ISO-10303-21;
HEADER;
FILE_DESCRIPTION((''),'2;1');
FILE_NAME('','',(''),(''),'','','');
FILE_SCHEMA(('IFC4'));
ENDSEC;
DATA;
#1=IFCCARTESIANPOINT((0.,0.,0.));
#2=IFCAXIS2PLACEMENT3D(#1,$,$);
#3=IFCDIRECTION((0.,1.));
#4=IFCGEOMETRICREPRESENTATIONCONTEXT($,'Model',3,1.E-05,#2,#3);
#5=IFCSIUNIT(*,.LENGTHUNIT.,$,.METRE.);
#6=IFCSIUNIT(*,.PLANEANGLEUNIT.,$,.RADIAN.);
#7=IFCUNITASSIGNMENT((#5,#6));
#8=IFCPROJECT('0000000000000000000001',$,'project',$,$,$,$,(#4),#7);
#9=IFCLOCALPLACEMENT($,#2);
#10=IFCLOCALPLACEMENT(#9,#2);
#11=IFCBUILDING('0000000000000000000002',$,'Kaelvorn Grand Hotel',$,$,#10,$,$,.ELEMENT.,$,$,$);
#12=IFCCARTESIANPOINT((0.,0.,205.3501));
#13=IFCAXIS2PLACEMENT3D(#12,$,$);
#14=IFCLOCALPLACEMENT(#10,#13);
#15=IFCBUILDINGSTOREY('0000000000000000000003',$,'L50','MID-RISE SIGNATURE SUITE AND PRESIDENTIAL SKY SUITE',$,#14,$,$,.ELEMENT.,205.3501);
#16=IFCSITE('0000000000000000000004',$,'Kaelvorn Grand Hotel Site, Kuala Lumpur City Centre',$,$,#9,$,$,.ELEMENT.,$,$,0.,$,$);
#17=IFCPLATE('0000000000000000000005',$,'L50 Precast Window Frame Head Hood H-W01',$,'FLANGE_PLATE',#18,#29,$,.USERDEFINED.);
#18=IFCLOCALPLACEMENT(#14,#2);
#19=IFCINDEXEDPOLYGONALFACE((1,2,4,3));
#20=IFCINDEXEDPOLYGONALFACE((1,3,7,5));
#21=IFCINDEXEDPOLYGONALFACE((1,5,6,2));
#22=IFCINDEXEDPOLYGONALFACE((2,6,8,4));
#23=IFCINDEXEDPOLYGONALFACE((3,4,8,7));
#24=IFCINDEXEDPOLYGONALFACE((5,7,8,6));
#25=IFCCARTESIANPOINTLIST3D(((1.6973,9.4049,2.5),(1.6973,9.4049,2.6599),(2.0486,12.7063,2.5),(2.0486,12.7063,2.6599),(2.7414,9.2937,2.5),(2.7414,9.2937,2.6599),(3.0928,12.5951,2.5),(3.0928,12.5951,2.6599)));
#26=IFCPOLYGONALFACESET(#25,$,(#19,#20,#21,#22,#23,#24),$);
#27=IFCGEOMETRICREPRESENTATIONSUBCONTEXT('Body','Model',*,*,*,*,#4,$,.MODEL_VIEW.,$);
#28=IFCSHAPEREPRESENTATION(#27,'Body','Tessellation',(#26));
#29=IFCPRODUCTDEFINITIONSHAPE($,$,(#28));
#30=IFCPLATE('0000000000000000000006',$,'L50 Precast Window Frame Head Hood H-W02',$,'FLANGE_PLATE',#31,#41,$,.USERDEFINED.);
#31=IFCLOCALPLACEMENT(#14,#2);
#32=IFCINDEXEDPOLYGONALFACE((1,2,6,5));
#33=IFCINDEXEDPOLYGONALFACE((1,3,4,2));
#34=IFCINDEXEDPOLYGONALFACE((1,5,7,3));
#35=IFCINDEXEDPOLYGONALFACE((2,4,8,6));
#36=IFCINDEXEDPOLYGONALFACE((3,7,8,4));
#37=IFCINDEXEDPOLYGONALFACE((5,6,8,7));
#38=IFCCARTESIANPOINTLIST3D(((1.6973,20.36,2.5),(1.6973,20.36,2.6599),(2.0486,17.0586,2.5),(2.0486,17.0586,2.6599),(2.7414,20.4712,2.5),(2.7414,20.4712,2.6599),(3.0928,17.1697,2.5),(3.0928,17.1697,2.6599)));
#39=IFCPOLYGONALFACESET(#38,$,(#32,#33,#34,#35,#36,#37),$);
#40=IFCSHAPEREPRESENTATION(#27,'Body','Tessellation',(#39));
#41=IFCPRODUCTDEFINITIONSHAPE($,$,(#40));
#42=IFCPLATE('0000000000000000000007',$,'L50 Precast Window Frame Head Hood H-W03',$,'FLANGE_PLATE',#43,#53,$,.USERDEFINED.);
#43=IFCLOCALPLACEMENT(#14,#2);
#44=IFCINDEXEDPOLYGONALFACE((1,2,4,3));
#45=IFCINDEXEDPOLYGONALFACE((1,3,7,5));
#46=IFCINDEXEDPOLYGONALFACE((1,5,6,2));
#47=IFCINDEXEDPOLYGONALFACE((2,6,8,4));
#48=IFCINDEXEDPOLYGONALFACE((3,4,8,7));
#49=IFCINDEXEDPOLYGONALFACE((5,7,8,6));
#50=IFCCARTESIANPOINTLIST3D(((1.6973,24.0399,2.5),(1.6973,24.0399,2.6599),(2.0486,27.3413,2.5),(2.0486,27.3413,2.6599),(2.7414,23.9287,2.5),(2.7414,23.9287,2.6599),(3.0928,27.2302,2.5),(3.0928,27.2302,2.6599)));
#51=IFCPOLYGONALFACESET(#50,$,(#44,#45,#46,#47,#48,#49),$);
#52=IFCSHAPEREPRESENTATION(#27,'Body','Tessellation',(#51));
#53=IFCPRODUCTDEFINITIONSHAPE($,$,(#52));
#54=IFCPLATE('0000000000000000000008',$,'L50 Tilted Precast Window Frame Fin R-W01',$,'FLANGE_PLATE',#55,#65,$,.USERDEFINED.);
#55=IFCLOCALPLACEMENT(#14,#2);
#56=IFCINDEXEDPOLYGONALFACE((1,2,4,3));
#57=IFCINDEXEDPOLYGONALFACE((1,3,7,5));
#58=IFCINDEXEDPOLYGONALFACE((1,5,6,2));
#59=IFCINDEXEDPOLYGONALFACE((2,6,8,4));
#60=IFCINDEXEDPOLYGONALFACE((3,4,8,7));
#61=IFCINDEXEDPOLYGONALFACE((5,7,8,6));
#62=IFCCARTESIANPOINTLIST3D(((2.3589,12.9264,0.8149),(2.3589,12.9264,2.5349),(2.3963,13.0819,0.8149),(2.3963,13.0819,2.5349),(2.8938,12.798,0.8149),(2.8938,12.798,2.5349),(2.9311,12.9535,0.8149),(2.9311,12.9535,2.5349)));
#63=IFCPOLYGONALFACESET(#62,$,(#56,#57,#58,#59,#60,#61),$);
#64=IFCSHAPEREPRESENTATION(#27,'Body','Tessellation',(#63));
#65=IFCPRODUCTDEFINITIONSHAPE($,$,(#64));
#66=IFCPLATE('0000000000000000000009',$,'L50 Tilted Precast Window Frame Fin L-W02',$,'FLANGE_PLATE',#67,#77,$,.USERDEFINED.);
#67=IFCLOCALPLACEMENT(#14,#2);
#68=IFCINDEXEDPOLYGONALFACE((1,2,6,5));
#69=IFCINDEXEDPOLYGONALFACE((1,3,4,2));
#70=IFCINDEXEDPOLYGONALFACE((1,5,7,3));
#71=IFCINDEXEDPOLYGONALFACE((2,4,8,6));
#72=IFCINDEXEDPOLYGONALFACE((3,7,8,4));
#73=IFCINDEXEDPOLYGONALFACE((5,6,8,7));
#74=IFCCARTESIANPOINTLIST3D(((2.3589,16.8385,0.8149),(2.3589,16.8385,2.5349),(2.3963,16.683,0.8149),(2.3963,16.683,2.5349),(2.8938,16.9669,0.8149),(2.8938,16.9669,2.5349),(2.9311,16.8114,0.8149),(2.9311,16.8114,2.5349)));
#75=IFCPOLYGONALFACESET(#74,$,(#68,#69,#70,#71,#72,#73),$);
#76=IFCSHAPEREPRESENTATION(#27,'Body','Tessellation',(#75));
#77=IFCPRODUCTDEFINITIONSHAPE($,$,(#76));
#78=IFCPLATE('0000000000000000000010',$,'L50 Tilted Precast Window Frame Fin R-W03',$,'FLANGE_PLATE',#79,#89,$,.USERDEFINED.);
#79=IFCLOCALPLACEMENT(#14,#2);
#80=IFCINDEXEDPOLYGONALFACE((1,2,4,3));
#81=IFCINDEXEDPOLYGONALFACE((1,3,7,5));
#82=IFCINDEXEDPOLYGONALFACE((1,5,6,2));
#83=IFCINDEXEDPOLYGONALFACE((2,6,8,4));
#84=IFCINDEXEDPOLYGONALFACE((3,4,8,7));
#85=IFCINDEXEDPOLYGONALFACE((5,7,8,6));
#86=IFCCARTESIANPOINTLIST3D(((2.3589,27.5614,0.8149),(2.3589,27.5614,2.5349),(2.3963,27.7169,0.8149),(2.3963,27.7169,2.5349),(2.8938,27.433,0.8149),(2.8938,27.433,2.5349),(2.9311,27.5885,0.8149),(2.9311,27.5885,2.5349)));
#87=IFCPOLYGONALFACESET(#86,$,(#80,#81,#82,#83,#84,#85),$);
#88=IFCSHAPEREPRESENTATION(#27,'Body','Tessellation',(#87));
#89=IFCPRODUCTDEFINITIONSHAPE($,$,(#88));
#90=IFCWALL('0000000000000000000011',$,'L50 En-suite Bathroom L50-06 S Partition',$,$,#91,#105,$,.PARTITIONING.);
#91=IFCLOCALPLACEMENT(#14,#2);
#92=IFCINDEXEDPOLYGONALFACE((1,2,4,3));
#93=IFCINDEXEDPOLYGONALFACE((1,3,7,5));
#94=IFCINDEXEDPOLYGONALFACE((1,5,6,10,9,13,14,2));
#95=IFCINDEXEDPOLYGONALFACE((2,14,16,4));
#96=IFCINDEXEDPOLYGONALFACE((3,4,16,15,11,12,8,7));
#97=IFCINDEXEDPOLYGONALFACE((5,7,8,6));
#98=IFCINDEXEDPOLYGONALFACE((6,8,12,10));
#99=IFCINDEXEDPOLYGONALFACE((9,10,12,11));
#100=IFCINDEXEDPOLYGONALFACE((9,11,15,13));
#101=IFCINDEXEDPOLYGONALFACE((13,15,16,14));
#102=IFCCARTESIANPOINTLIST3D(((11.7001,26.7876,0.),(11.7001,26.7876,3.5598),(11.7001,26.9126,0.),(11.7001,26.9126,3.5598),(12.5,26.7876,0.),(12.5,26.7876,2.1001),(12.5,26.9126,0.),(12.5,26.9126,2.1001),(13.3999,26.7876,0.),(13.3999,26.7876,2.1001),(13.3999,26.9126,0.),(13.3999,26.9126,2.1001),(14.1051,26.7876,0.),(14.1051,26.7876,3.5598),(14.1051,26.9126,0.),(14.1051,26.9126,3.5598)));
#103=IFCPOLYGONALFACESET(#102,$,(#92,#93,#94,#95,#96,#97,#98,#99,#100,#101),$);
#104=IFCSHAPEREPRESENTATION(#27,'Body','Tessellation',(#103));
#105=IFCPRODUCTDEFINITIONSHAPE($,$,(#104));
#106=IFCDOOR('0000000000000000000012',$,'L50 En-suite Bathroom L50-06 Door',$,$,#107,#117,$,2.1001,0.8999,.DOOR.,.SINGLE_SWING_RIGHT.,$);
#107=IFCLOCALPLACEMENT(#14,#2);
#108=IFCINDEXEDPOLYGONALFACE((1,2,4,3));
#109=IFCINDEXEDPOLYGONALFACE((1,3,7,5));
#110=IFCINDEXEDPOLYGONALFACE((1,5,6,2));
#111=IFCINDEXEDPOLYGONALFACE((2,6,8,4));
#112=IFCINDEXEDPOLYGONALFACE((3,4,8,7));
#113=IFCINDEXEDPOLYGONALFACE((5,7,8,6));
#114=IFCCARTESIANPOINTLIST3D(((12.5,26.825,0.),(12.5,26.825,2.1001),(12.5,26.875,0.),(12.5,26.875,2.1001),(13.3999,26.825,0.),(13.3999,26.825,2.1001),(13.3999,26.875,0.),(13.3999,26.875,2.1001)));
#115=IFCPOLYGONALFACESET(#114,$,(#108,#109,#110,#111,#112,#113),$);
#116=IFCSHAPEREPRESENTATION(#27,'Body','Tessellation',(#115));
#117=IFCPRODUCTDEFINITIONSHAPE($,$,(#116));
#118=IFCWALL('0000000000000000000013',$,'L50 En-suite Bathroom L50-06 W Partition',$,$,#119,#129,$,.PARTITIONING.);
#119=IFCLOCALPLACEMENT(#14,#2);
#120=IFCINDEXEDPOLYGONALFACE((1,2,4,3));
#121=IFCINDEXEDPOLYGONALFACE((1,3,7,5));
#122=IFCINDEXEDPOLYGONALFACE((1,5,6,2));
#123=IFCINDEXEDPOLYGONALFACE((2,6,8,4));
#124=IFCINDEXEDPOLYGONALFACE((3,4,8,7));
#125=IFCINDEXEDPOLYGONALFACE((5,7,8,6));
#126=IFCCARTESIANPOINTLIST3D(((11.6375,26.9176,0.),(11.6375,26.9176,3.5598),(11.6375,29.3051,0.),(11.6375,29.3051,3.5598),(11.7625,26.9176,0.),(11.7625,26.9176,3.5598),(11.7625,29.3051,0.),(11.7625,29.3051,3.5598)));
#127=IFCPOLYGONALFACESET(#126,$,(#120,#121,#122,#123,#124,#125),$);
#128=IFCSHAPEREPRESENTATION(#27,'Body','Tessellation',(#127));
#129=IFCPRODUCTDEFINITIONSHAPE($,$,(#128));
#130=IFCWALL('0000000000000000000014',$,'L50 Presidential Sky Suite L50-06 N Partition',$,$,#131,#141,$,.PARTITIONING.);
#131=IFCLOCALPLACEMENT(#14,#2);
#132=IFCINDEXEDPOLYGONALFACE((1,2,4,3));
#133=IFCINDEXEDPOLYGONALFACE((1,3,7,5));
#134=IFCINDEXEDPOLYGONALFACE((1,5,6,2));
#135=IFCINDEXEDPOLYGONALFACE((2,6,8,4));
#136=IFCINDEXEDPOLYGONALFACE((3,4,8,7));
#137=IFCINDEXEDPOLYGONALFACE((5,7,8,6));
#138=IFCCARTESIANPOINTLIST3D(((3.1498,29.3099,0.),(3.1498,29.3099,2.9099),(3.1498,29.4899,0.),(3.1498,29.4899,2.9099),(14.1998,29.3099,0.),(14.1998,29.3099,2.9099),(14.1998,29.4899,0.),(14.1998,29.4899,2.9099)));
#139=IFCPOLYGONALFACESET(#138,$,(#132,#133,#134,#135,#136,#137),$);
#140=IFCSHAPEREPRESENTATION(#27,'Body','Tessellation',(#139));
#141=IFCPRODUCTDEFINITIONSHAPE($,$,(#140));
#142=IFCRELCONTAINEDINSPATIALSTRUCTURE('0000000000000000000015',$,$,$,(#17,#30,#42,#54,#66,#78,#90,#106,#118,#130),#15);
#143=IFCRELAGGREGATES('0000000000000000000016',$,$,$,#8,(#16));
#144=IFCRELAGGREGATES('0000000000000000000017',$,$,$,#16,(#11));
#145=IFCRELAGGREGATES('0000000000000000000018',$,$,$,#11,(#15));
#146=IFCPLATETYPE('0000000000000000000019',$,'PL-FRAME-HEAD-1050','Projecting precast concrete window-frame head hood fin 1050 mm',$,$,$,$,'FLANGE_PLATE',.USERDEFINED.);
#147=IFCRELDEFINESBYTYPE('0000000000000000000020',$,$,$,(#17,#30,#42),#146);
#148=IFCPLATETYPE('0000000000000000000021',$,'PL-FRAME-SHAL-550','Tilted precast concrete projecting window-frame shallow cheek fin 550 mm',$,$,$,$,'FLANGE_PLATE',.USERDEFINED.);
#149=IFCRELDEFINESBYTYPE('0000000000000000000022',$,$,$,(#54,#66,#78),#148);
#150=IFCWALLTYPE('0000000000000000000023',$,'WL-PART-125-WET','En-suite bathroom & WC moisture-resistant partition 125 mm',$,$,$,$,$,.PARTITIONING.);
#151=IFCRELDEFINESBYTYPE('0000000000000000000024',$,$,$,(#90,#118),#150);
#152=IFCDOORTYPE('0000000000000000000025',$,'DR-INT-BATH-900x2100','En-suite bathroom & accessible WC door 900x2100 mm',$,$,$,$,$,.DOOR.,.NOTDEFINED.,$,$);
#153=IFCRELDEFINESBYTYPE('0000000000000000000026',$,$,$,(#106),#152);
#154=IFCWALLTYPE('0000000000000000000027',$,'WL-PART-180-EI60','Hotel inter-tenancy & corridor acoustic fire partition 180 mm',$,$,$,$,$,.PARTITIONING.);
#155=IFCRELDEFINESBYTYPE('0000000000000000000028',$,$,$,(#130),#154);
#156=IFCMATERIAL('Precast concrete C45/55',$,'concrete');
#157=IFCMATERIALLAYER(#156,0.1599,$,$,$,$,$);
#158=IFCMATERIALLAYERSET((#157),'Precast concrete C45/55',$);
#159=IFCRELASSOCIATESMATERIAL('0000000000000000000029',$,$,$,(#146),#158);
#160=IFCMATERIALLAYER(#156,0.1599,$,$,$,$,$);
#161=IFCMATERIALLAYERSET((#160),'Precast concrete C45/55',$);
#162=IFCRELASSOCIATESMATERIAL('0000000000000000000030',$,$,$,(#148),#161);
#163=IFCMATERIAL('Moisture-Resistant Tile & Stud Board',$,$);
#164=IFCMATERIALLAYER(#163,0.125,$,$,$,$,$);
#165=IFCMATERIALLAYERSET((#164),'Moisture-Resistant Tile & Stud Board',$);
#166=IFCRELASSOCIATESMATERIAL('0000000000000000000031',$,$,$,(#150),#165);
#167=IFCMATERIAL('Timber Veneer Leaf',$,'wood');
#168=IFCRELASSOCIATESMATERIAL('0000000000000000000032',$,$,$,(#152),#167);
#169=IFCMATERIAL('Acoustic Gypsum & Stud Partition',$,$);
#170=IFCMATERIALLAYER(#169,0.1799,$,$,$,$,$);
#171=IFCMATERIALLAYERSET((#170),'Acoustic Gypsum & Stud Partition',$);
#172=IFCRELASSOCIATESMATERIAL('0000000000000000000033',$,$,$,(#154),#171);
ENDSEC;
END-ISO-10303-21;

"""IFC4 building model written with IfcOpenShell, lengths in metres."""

from ifc_helpers import new_model, si_unit, direction, frame, frame_2d, origin, origin_2d, place, context, subcontext, project, spatial, rectangle, extrude, material, layer, layer_set, type_object, element, fill, save


model = new_model("IFC4")

# Units and contexts
model_context = context("Model", 3, precision=1e-05, world=origin(), true_north=direction((0.0, 1.0)))
body_context = subcontext(model_context, "Body", "Model", "MODEL_VIEW")
ifc_project = project(units=[si_unit("LENGTHUNIT", "METRE"), si_unit("PLANEANGLEUNIT", "RADIAN")], contexts=[model_context])

# Site, building, storey
site_placement = place(None, origin())
site = spatial("IfcSite", under=ifc_project, at=site_placement, Name="Kaelvorn Grand Hotel Site, Kuala Lumpur City Centre", CompositionType="ELEMENT", RefElevation=0.0)
building_placement = place(site_placement, origin())
building = spatial("IfcBuilding", under=site, at=building_placement, Name="Kaelvorn Grand Hotel", CompositionType="ELEMENT")
storey_placement = place(building_placement, frame((0.0, 0.0, 205.3501)))
storey = spatial("IfcBuildingStorey", under=building, at=storey_placement, Name="L50", Description="MID-RISE SIGNATURE SUITE AND PRESIDENTIAL SKY SUITE", CompositionType="ELEMENT", Elevation=205.3501)

# Plates
ifc_material_1 = material(Name="Precast concrete C45/55", Category="concrete")
ifc_layer_1 = layer(ifc_material_1, 0.1599)
ifc_layer_set_1 = layer_set([ifc_layer_1], Name="Precast concrete C45/55")
plate_type_1 = type_object("IfcPlateType", Name="PL-FRAME-HEAD-1050", Description="Projecting precast concrete window-frame head hood fin 1050 mm", ElementType="FLANGE_PLATE", PredefinedType="USERDEFINED", material=ifc_layer_set_1)
for number, where, z_axis, x_axis, name in (
    (1, (2.395, 11.0, 2.5), (0.0, 0.0, 1.0), (0.10583, 0.994384, 0.0), "L50 Precast Window Frame Head Hood H-W01"),
    (2, (2.395, 18.7649, 2.5), (0.0, 0.0, 1.0), (-0.10583, 0.994384, 0.0), "L50 Precast Window Frame Head Hood H-W02"),
    (3, (2.395, 25.635, 2.5), (0.0, 0.0, 1.0), (0.10583, 0.994384, 0.0), "L50 Precast Window Frame Head Hood H-W03"),
):
    element("IfcPlate", number, at=place(storey_placement, frame(where, z_axis=z_axis, x_axis=x_axis)), inside=storey, type_object=plate_type_1, Name=name, ObjectType="FLANGE_PLATE", PredefinedType="USERDEFINED", context=body_context, shape_type="SweptSolid", body=[
        extrude(rectangle(XDim=3.3201, YDim=1.05, at=origin_2d()), origin(), (0.0, 0.0, 1.0), 0.1599),
    ])
ifc_layer_2 = layer(ifc_material_1, 0.1599)
ifc_layer_set_2 = layer_set([ifc_layer_2], Name="Precast concrete C45/55")
plate_type_2 = type_object("IfcPlateType", Name="PL-FRAME-SHAL-550", Description="Tilted precast concrete projecting window-frame shallow cheek fin 550 mm", ElementType="FLANGE_PLATE", PredefinedType="USERDEFINED", material=ifc_layer_set_2)
for number, where, z_axis, x_axis, name in (
    (4, (2.645, 12.9399, 0.8149), (0.0, 0.0, 1.0), (0.233445, 0.97237, 0.0), "L50 Tilted Precast Window Frame Fin R-W01"),
    (5, (2.645, 16.825, 0.8149), (0.0, 0.0, 1.0), (-0.233445, 0.97237, 0.0), "L50 Tilted Precast Window Frame Fin L-W02"),
    (6, (2.645, 27.575, 0.8149), (0.0, 0.0, 1.0), (0.233445, 0.97237, 0.0), "L50 Tilted Precast Window Frame Fin R-W03"),
):
    element("IfcPlate", number, at=place(storey_placement, frame(where, z_axis=z_axis, x_axis=x_axis)), inside=storey, type_object=plate_type_2, Name=name, ObjectType="FLANGE_PLATE", PredefinedType="USERDEFINED", context=body_context, shape_type="SweptSolid", body=[
        extrude(rectangle(XDim=0.1599, YDim=0.55, at=origin_2d()), origin(), (0.0, 0.0, 1.0), 1.72),
    ])

# Wall, opening, door
ifc_material_2 = material(Name="Moisture-Resistant Tile & Stud Board")
ifc_layer_3 = layer(ifc_material_2, 0.125)
ifc_layer_set_3 = layer_set([ifc_layer_3], Name="Moisture-Resistant Tile & Stud Board")
wall_type_1 = type_object("IfcWallType", Name="WL-PART-125-WET", Description="En-suite bathroom & WC moisture-resistant partition 125 mm", PredefinedType="PARTITIONING", material=ifc_layer_set_3)
wall_1_placement = place(storey_placement, frame((11.7, 26.8501, 0.0), z_axis=(0.0, 0.0, 1.0), x_axis=(1.0, 0.0, 0.0)))
wall_1 = element("IfcWall", 7, at=wall_1_placement, inside=storey, type_object=wall_type_1, Name="L50 En-suite Bathroom L50-06 S Partition", PredefinedType="PARTITIONING", context=body_context, shape_type="SweptSolid", body=[
    extrude(rectangle(XDim=2.405, YDim=0.125, at=frame_2d((1.2026, 0.0))), origin(), (0.0, 0.0, 1.0), 3.5598),
])
opening_placement = place(wall_1_placement, frame((0.8, 0.0, 0.0)))
opening = element("IfcOpeningElement", 8, at=opening_placement, cuts=wall_1, PredefinedType="OPENING", context=body_context, shape_type="SweptSolid", body=[
    extrude(rectangle(XDim=0.8999, YDim=2.1001, at=frame_2d((0.45, 1.05))), frame((0.0, 0.0725, 0.0), z_axis=(0.0, -1.0, 0.0), x_axis=(1.0, 0.0, 0.0)), (0.0, 0.0, 1.0), 0.145),
])
ifc_material_3 = material(Name="Timber Veneer Leaf", Category="wood")
door_type = type_object("IfcDoorType", Name="DR-INT-BATH-900x2100", Description="En-suite bathroom & accessible WC door 900x2100 mm", OperationType="NOTDEFINED", PredefinedType="DOOR", material=ifc_material_3)
door_placement = place(opening_placement, origin())
door = element("IfcDoor", 9, at=door_placement, inside=storey, type_object=door_type, Name="L50 En-suite Bathroom L50-06 Door", OperationType="SINGLE_SWING_RIGHT", OverallHeight=2.1001, OverallWidth=0.8999, PredefinedType="DOOR", context=body_context, shape_type="SweptSolid", body=[
    extrude(rectangle(XDim=0.8999, YDim=2.1001, at=frame_2d((0.45, 1.05))), frame((0.0, 0.0249, 0.0), z_axis=(0.0, -1.0, 0.0), x_axis=(1.0, 0.0, 0.0)), (0.0, 0.0, 1.0), 0.05),
])
fill(opening, door)

# Walls
wall_2_placement = place(storey_placement, frame((11.7, 26.9175, 0.0), z_axis=(0.0, 0.0, 1.0), x_axis=(0.0, 1.0, 0.0)))
element("IfcWall", 10, at=wall_2_placement, inside=storey, type_object=wall_type_1, Name="L50 En-suite Bathroom L50-06 W Partition", PredefinedType="PARTITIONING", context=body_context, shape_type="SweptSolid", body=[
    extrude(rectangle(XDim=2.3875, YDim=0.125, at=frame_2d((1.1938, 0.0))), origin(), (0.0, 0.0, 1.0), 3.5598),
])
ifc_material_4 = material(Name="Acoustic Gypsum & Stud Partition")
ifc_layer_4 = layer(ifc_material_4, 0.1799)
ifc_layer_set_4 = layer_set([ifc_layer_4], Name="Acoustic Gypsum & Stud Partition")
wall_type_2 = type_object("IfcWallType", Name="WL-PART-180-EI60", Description="Hotel inter-tenancy & corridor acoustic fire partition 180 mm", PredefinedType="PARTITIONING", material=ifc_layer_set_4)
wall_3_placement = place(storey_placement, frame((3.1499, 29.3999, 0.0), z_axis=(0.0, 0.0, 1.0), x_axis=(1.0, 0.0, 0.0)))
element("IfcWall", 11, at=wall_3_placement, inside=storey, type_object=wall_type_2, Name="L50 Presidential Sky Suite L50-06 N Partition", PredefinedType="PARTITIONING", context=body_context, shape_type="SweptSolid", body=[
    extrude(rectangle(XDim=11.05, YDim=0.1799, at=frame_2d((5.5249, 0.0))), origin(), (0.0, 0.0, 1.0), 2.9099),
])

save(model, "model.ifc")
